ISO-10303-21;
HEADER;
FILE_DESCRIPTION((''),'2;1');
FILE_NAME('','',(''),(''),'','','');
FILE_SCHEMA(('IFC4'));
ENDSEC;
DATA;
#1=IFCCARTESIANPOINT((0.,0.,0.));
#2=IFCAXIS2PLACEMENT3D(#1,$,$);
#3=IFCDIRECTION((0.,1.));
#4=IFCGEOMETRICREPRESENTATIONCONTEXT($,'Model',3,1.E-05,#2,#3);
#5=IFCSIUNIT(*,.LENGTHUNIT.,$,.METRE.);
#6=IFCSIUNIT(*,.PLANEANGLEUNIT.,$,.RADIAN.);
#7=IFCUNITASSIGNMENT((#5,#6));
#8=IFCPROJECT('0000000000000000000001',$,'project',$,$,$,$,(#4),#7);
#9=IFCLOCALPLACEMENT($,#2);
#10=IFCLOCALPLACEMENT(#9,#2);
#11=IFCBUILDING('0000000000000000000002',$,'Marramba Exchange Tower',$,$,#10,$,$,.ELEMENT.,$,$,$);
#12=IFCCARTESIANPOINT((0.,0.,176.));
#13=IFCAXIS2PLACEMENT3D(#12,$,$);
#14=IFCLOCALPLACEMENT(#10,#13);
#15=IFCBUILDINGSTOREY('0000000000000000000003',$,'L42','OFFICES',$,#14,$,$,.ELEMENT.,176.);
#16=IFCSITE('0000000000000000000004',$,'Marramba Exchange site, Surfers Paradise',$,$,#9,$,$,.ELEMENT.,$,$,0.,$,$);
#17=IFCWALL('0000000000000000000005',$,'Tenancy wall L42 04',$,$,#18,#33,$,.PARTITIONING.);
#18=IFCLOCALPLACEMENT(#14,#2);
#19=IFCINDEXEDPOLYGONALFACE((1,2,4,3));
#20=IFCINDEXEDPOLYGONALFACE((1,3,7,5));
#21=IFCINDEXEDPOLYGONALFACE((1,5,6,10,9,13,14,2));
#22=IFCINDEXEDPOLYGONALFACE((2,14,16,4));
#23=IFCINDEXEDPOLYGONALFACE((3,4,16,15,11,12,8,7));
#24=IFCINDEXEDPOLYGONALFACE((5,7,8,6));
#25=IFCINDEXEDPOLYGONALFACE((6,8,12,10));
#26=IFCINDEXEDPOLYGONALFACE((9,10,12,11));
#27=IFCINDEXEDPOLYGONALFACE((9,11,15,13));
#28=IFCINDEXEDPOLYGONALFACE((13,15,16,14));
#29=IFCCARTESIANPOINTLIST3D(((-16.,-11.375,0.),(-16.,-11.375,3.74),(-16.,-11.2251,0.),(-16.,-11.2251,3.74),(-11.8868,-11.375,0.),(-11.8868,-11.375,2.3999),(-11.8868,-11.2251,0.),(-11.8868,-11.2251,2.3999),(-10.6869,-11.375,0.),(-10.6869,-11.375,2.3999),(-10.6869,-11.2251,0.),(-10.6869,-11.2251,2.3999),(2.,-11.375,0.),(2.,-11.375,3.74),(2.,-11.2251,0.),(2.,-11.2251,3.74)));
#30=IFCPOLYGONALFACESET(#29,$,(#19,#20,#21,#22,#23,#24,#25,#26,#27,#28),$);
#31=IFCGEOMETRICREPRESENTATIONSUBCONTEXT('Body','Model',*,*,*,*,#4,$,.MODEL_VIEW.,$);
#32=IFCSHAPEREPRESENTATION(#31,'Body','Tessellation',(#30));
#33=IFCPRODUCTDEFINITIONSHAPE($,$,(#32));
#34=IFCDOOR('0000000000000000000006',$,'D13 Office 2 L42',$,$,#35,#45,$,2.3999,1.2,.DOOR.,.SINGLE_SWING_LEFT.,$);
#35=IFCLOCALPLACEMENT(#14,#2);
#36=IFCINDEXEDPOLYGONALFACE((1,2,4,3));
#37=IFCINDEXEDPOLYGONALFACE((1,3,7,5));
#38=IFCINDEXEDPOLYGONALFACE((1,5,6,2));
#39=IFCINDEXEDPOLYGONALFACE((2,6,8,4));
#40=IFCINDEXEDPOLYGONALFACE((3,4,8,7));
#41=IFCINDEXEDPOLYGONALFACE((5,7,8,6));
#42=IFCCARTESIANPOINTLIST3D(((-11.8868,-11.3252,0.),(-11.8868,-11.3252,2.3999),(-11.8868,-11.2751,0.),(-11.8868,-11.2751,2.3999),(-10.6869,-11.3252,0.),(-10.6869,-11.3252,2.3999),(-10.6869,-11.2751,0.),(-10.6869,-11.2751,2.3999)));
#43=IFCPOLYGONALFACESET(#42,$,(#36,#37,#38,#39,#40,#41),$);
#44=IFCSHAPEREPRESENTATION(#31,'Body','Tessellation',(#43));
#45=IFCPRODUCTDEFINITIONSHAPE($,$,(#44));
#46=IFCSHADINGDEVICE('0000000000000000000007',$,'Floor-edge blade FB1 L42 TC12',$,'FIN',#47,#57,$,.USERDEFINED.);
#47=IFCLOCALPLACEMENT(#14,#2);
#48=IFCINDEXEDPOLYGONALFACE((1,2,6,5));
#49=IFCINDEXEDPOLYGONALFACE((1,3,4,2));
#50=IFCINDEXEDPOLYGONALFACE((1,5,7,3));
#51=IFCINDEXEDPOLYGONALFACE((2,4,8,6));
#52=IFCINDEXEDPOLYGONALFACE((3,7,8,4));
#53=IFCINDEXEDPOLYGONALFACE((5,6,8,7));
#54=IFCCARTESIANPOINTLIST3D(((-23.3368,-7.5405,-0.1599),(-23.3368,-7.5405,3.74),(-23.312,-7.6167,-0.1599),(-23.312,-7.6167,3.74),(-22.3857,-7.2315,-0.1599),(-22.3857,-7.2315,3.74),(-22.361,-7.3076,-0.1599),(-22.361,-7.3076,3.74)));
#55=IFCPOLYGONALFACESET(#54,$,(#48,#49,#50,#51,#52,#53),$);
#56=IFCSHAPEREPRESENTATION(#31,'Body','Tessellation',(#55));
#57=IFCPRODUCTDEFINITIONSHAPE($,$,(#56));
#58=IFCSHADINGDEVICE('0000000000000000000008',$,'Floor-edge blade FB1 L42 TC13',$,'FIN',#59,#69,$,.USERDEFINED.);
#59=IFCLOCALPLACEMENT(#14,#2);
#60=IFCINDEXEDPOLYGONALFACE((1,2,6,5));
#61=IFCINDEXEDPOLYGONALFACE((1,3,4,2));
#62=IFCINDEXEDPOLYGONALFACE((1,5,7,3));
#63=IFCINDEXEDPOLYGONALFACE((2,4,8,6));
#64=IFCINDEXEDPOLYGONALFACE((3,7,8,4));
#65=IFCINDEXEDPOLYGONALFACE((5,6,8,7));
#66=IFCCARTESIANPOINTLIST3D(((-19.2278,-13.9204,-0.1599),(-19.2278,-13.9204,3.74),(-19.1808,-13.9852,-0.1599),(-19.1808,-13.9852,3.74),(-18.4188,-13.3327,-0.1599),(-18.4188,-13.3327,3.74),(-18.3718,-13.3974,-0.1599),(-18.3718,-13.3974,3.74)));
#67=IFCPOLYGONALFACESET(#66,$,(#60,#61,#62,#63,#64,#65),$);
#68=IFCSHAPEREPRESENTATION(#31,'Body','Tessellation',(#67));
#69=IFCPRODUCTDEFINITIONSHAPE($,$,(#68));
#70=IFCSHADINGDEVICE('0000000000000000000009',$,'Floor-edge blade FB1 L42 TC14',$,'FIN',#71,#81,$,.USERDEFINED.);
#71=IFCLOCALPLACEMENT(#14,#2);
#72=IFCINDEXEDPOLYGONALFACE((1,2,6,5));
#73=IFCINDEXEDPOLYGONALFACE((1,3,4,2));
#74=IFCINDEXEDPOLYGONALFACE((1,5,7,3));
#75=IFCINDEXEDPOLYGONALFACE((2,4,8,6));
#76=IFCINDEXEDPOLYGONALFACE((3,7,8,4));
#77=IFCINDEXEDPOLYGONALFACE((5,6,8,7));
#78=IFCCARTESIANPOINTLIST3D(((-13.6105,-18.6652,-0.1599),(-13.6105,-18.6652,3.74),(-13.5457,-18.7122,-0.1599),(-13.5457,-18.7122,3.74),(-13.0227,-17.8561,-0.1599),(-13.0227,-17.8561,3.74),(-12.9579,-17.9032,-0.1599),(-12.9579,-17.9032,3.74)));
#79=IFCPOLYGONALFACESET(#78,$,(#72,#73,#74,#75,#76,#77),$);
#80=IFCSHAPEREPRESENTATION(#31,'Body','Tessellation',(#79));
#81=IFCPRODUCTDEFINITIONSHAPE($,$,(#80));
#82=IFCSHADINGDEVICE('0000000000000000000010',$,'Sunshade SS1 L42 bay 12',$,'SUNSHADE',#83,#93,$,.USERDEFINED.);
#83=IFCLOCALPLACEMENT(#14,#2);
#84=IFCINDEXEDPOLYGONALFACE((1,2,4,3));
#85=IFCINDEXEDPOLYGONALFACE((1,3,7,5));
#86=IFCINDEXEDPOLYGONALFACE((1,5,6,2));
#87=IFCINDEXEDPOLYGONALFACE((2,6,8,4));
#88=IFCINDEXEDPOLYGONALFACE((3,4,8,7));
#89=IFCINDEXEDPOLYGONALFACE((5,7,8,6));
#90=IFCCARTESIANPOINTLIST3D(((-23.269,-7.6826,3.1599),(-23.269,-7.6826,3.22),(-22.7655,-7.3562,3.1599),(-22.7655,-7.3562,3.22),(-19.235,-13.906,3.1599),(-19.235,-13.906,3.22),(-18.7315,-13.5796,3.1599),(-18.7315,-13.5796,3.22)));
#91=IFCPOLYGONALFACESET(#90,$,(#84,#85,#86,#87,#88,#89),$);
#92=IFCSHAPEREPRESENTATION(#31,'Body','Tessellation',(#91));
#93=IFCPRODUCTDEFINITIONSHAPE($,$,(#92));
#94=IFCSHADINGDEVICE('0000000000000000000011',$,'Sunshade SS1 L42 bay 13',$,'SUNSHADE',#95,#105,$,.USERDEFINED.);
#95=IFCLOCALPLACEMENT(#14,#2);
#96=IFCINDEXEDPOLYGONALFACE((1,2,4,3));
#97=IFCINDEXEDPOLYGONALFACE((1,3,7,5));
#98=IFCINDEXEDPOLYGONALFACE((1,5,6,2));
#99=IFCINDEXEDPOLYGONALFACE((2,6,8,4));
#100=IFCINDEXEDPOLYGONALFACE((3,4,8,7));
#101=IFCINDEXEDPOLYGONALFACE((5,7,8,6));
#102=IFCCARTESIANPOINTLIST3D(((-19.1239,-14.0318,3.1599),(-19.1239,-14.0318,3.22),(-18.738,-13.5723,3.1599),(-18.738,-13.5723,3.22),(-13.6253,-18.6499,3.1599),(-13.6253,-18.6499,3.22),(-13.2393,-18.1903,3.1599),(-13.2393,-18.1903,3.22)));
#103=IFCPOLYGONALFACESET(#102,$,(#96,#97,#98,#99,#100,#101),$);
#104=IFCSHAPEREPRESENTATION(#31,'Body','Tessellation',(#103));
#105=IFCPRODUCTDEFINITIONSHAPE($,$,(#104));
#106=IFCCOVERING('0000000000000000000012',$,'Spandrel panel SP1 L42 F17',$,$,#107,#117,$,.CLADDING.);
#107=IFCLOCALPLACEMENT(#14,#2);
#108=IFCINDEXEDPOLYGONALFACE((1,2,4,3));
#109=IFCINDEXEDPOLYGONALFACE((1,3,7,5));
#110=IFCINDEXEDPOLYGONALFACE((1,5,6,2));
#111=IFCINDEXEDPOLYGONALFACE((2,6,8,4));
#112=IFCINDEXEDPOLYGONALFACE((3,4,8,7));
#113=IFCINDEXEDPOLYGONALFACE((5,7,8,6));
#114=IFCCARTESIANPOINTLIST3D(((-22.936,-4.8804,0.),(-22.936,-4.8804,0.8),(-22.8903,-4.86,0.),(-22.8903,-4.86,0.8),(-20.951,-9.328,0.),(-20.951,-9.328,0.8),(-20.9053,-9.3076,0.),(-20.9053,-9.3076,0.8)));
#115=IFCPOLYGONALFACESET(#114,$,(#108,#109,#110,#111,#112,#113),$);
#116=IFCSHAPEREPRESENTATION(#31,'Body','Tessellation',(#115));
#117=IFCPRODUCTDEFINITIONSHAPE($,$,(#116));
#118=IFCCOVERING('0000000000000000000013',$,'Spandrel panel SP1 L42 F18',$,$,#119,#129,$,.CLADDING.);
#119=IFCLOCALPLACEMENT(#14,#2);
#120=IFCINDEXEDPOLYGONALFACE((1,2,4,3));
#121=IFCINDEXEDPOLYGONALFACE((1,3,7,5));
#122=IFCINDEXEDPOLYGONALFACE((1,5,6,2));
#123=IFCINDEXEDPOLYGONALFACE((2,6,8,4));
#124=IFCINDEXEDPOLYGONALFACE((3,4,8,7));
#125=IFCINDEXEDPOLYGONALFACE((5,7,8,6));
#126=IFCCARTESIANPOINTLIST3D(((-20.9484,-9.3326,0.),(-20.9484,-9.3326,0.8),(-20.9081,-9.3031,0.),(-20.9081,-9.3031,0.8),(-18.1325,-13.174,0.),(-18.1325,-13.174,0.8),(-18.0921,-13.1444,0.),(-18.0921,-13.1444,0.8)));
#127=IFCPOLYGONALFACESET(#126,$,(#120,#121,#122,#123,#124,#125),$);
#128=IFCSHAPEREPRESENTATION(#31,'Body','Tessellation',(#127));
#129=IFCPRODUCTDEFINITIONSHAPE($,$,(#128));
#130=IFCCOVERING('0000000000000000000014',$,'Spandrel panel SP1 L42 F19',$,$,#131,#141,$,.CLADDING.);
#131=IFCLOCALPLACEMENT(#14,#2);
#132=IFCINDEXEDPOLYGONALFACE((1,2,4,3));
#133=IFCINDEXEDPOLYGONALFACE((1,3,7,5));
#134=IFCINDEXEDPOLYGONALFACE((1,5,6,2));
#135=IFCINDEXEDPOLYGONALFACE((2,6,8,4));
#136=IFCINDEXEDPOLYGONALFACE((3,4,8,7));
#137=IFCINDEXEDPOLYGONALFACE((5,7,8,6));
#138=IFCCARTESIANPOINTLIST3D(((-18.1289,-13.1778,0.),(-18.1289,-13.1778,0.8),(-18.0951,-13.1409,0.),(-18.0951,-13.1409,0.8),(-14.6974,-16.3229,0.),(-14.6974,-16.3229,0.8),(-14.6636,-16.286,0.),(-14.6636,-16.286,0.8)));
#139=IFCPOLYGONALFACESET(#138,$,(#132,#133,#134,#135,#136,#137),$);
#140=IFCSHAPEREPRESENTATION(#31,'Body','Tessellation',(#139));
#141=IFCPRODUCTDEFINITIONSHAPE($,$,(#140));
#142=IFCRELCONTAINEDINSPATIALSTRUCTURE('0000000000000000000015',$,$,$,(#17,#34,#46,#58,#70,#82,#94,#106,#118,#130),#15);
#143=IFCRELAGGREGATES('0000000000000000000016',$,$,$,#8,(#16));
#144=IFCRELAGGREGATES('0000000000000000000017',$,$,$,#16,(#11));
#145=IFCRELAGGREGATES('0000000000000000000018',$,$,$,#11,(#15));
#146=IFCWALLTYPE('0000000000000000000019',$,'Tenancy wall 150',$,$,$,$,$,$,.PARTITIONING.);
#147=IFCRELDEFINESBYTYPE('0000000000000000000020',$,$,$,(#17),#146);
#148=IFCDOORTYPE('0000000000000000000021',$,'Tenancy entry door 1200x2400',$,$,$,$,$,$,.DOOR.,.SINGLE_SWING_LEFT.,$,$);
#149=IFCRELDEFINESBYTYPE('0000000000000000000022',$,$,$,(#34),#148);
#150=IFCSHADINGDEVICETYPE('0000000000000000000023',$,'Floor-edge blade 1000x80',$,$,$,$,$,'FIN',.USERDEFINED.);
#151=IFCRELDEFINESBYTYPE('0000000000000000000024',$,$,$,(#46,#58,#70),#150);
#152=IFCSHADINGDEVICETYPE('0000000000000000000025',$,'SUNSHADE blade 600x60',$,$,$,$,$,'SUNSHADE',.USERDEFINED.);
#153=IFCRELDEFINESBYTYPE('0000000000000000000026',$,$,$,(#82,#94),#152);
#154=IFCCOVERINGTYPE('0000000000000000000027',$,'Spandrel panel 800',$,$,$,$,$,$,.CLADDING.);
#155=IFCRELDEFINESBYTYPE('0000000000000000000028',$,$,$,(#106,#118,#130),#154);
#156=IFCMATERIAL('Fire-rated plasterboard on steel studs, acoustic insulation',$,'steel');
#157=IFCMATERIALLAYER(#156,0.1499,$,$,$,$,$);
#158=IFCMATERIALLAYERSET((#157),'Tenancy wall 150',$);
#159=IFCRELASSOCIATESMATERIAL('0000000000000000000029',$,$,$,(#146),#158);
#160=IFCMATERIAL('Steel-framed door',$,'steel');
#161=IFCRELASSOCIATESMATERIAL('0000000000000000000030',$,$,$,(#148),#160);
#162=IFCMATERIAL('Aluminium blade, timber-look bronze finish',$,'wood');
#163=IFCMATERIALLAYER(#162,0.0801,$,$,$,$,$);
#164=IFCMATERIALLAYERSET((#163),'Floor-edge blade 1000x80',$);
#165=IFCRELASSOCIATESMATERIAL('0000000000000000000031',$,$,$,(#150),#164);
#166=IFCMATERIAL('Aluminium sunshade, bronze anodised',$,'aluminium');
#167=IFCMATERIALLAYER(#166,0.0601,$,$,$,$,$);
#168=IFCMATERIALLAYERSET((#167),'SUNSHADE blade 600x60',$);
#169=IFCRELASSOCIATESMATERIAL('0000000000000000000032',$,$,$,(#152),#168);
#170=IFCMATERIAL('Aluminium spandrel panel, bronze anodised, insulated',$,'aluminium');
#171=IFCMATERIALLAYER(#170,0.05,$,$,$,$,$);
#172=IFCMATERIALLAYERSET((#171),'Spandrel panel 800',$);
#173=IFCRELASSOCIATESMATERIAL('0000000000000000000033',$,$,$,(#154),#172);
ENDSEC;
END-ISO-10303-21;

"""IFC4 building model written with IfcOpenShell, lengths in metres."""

from ifc_helpers import new_model, si_unit, direction, frame, frame_2d, origin, origin_2d, place, context, subcontext, project, spatial, rectangle, extrude, material, layer, layer_set, type_object, element, fill, save


model = new_model("IFC4")

# Units and contexts
model_context = context("Model", 3, precision=1e-05, world=origin(), true_north=direction((0.0, 1.0)))
body_context = subcontext(model_context, "Body", "Model", "MODEL_VIEW")
ifc_project = project(units=[si_unit("LENGTHUNIT", "METRE"), si_unit("PLANEANGLEUNIT", "RADIAN")], contexts=[model_context])

# Site, building, storey
site_placement = place(None, origin())
site = spatial("IfcSite", under=ifc_project, at=site_placement, Name="Marramba Exchange site, Surfers Paradise", CompositionType="ELEMENT", RefElevation=0.0)
building_placement = place(site_placement, origin())
building = spatial("IfcBuilding", under=site, at=building_placement, Name="Marramba Exchange Tower", CompositionType="ELEMENT")
storey_placement = place(building_placement, frame((0.0, 0.0, 176.0)))
storey = spatial("IfcBuildingStorey", under=building, at=storey_placement, Name="L42", Description="OFFICES", CompositionType="ELEMENT", Elevation=176.0)

# Shared definitions
ifc_material_1 = material(Name="Steel-framed door", Category="steel")

# Wall, opening, door
ifc_material_2 = material(Name="Fire-rated plasterboard on steel studs, acoustic insulation", Category="steel")
ifc_layer_1 = layer(ifc_material_2, 0.1499)
ifc_layer_set_1 = layer_set([ifc_layer_1], Name="Tenancy wall 150")
wall_type_1 = type_object("IfcWallType", Name="Tenancy wall 150", PredefinedType="PARTITIONING", material=ifc_layer_set_1)
wall_1_placement = place(storey_placement, frame((-16.0, -11.3, 0.0), z_axis=(0.0, 0.0, 1.0), x_axis=(1.0, 0.0, 0.0)))
wall_1 = element("IfcWall", 1, at=wall_1_placement, inside=storey, type_object=wall_type_1, Name="Tenancy wall L42 04", PredefinedType="PARTITIONING", context=body_context, shape_type="SweptSolid", body=[
    extrude(rectangle(XDim=18.0, YDim=0.1499, at=frame_2d((9.0, 0.0))), origin(), (0.0, 0.0, 1.0), 3.74),
])
opening_1_placement = place(wall_1_placement, frame((4.113, 0.0, 0.0)))
opening_1 = element("IfcOpeningElement", 2, at=opening_1_placement, cuts=wall_1, PredefinedType="OPENING", context=body_context, shape_type="SweptSolid", body=[
    extrude(rectangle(XDim=1.2, YDim=2.3999, at=frame_2d((0.6001, 1.2))), frame((0.0, 0.085, 0.0), z_axis=(0.0, -1.0, 0.0), x_axis=(1.0, 0.0, 0.0)), (0.0, 0.0, 1.0), 0.1699),
])
door_type_1 = type_object("IfcDoorType", Name="Tenancy entry door 1200x2400", OperationType="SINGLE_SWING_LEFT", PredefinedType="DOOR", material=ifc_material_1)
door_1_placement = place(opening_1_placement, origin())
door_1 = element("IfcDoor", 3, at=door_1_placement, inside=storey, type_object=door_type_1, Name="D13 Office 2 L42", OperationType="SINGLE_SWING_LEFT", OverallHeight=2.3999, OverallWidth=1.2, PredefinedType="DOOR", context=body_context, shape_type="SweptSolid", body=[
    extrude(rectangle(XDim=1.2, YDim=2.3999, at=frame_2d((0.6001, 1.2))), frame((0.0, 0.0249, 0.0), z_axis=(0.0, -1.0, 0.0), x_axis=(1.0, 0.0, 0.0)), (0.0, 0.0, 1.0), 0.05),
])
fill(opening_1, door_1)

# Shading devices
ifc_material_3 = material(Name="Aluminium blade, timber-look bronze finish", Category="wood")
ifc_layer_2 = layer(ifc_material_3, 0.0801)
ifc_layer_set_2 = layer_set([ifc_layer_2], Name="Floor-edge blade 1000x80")
shading_device_type_1 = type_object("IfcShadingDeviceType", Name="Floor-edge blade 1000x80", ElementType="FIN", PredefinedType="USERDEFINED", material=ifc_layer_set_2)
for number, where, z_axis, x_axis, name in (
    (4, (-22.8489, -7.4241, -0.1599), (0.0, 0.0, 1.0), (-0.951057, -0.309017, 0.0), "Floor-edge blade FB1 L42 TC12"),
    (5, (-18.7998, -13.6589, -0.1599), (0.0, 0.0, 1.0), (-0.809017, -0.587785, 0.0), "Floor-edge blade FB1 L42 TC13"),
    (6, (-13.2842, -18.2842, -0.1599), (0.0, 0.0, 1.0), (-0.587785, -0.809017, 0.0), "Floor-edge blade FB1 L42 TC14"),
):
    element("IfcShadingDevice", number, at=place(storey_placement, frame(where, z_axis=z_axis, x_axis=x_axis)), inside=storey, type_object=shading_device_type_1, Name=name, ObjectType="FIN", PredefinedType="USERDEFINED", context=body_context, shape_type="SweptSolid", body=[
        extrude(rectangle(XDim=1.0, YDim=0.0801, at=origin_2d()), origin(), (0.0, 0.0, 1.0), 3.8999),
    ])
ifc_material_4 = material(Name="Aluminium sunshade, bronze anodised", Category="aluminium")
ifc_layer_3 = layer(ifc_material_4, 0.0601)
ifc_layer_set_3 = layer_set([ifc_layer_3], Name="SUNSHADE blade 600x60")
shading_device_type_2 = type_object("IfcShadingDeviceType", Name="SUNSHADE blade 600x60", ElementType="SUNSHADE", PredefinedType="USERDEFINED", material=ifc_layer_set_3)
shading_device_1_placement = place(storey_placement, frame((-21.0002, -10.6311, 3.1599), z_axis=(0.0, 0.0, 1.0), x_axis=(0.543922, -0.839136, 0.0)))
element("IfcShadingDevice", 7, at=shading_device_1_placement, inside=storey, type_object=shading_device_type_2, Name="Sunshade SS1 L42 bay 12", ObjectType="SUNSHADE", PredefinedType="USERDEFINED", context=body_context, shape_type="SweptSolid", body=[
    extrude(rectangle(XDim=7.4165, YDim=0.6001, at=origin_2d()), origin(), (0.0, 0.0, 1.0), 0.0601),
])
shading_device_2_placement = place(storey_placement, frame((-16.1816, -16.1111, 3.1599), z_axis=(0.0, 0.0, 1.0), x_axis=(0.765762, -0.643124, 0.0)))
element("IfcShadingDevice", 8, at=shading_device_2_placement, inside=storey, type_object=shading_device_type_2, Name="Sunshade SS1 L42 bay 13", ObjectType="SUNSHADE", PredefinedType="USERDEFINED", context=body_context, shape_type="SweptSolid", body=[
    extrude(rectangle(XDim=7.1807, YDim=0.6001, at=origin_2d()), origin(), (0.0, 0.0, 1.0), 0.0601),
])

# Coverings
ifc_material_5 = material(Name="Aluminium spandrel panel, bronze anodised, insulated", Category="aluminium")
ifc_layer_4 = layer(ifc_material_5, 0.05)
ifc_layer_set_4 = layer_set([ifc_layer_4], Name="Spandrel panel 800")
covering_type = type_object("IfcCoveringType", Name="Spandrel panel 800", PredefinedType="CLADDING", material=ifc_layer_set_4)
covering_1_placement = place(storey_placement, frame((-21.9207, -7.094, 0.0), z_axis=(0.0, 0.0, 1.0), x_axis=(0.407558, -0.91318, 0.0)))
element("IfcCovering", 9, at=covering_1_placement, inside=storey, type_object=covering_type, Name="Spandrel panel SP1 L42 F17", PredefinedType="CLADDING", context=body_context, shape_type="SweptSolid", body=[
    extrude(rectangle(XDim=4.8704, YDim=0.05, at=origin_2d()), origin(), (0.0, 0.0, 1.0), 0.8),
])
covering_2_placement = place(storey_placement, frame((-19.5203, -11.2385, 0.0), z_axis=(0.0, 0.0, 1.0), x_axis=(0.591223, -0.806508, 0.0)))
element("IfcCovering", 10, at=covering_2_placement, inside=storey, type_object=covering_type, Name="Spandrel panel SP1 L42 F18", PredefinedType="CLADDING", context=body_context, shape_type="SweptSolid", body=[
    extrude(rectangle(XDim=4.7629, YDim=0.05, at=origin_2d()), origin(), (0.0, 0.0, 1.0), 0.8),
])
covering_3_placement = place(storey_placement, frame((-16.3962, -14.7319, 0.0), z_axis=(0.0, 0.0, 1.0), x_axis=(0.737203, -0.675671, 0.0)))
element("IfcCovering", 11, at=covering_3_placement, inside=storey, type_object=covering_type, Name="Spandrel panel SP1 L42 F19", PredefinedType="CLADDING", context=body_context, shape_type="SweptSolid", body=[
    extrude(rectangle(XDim=4.6548, YDim=0.05, at=origin_2d()), origin(), (0.0, 0.0, 1.0), 0.8),
])

save(model, "model.ifc")
